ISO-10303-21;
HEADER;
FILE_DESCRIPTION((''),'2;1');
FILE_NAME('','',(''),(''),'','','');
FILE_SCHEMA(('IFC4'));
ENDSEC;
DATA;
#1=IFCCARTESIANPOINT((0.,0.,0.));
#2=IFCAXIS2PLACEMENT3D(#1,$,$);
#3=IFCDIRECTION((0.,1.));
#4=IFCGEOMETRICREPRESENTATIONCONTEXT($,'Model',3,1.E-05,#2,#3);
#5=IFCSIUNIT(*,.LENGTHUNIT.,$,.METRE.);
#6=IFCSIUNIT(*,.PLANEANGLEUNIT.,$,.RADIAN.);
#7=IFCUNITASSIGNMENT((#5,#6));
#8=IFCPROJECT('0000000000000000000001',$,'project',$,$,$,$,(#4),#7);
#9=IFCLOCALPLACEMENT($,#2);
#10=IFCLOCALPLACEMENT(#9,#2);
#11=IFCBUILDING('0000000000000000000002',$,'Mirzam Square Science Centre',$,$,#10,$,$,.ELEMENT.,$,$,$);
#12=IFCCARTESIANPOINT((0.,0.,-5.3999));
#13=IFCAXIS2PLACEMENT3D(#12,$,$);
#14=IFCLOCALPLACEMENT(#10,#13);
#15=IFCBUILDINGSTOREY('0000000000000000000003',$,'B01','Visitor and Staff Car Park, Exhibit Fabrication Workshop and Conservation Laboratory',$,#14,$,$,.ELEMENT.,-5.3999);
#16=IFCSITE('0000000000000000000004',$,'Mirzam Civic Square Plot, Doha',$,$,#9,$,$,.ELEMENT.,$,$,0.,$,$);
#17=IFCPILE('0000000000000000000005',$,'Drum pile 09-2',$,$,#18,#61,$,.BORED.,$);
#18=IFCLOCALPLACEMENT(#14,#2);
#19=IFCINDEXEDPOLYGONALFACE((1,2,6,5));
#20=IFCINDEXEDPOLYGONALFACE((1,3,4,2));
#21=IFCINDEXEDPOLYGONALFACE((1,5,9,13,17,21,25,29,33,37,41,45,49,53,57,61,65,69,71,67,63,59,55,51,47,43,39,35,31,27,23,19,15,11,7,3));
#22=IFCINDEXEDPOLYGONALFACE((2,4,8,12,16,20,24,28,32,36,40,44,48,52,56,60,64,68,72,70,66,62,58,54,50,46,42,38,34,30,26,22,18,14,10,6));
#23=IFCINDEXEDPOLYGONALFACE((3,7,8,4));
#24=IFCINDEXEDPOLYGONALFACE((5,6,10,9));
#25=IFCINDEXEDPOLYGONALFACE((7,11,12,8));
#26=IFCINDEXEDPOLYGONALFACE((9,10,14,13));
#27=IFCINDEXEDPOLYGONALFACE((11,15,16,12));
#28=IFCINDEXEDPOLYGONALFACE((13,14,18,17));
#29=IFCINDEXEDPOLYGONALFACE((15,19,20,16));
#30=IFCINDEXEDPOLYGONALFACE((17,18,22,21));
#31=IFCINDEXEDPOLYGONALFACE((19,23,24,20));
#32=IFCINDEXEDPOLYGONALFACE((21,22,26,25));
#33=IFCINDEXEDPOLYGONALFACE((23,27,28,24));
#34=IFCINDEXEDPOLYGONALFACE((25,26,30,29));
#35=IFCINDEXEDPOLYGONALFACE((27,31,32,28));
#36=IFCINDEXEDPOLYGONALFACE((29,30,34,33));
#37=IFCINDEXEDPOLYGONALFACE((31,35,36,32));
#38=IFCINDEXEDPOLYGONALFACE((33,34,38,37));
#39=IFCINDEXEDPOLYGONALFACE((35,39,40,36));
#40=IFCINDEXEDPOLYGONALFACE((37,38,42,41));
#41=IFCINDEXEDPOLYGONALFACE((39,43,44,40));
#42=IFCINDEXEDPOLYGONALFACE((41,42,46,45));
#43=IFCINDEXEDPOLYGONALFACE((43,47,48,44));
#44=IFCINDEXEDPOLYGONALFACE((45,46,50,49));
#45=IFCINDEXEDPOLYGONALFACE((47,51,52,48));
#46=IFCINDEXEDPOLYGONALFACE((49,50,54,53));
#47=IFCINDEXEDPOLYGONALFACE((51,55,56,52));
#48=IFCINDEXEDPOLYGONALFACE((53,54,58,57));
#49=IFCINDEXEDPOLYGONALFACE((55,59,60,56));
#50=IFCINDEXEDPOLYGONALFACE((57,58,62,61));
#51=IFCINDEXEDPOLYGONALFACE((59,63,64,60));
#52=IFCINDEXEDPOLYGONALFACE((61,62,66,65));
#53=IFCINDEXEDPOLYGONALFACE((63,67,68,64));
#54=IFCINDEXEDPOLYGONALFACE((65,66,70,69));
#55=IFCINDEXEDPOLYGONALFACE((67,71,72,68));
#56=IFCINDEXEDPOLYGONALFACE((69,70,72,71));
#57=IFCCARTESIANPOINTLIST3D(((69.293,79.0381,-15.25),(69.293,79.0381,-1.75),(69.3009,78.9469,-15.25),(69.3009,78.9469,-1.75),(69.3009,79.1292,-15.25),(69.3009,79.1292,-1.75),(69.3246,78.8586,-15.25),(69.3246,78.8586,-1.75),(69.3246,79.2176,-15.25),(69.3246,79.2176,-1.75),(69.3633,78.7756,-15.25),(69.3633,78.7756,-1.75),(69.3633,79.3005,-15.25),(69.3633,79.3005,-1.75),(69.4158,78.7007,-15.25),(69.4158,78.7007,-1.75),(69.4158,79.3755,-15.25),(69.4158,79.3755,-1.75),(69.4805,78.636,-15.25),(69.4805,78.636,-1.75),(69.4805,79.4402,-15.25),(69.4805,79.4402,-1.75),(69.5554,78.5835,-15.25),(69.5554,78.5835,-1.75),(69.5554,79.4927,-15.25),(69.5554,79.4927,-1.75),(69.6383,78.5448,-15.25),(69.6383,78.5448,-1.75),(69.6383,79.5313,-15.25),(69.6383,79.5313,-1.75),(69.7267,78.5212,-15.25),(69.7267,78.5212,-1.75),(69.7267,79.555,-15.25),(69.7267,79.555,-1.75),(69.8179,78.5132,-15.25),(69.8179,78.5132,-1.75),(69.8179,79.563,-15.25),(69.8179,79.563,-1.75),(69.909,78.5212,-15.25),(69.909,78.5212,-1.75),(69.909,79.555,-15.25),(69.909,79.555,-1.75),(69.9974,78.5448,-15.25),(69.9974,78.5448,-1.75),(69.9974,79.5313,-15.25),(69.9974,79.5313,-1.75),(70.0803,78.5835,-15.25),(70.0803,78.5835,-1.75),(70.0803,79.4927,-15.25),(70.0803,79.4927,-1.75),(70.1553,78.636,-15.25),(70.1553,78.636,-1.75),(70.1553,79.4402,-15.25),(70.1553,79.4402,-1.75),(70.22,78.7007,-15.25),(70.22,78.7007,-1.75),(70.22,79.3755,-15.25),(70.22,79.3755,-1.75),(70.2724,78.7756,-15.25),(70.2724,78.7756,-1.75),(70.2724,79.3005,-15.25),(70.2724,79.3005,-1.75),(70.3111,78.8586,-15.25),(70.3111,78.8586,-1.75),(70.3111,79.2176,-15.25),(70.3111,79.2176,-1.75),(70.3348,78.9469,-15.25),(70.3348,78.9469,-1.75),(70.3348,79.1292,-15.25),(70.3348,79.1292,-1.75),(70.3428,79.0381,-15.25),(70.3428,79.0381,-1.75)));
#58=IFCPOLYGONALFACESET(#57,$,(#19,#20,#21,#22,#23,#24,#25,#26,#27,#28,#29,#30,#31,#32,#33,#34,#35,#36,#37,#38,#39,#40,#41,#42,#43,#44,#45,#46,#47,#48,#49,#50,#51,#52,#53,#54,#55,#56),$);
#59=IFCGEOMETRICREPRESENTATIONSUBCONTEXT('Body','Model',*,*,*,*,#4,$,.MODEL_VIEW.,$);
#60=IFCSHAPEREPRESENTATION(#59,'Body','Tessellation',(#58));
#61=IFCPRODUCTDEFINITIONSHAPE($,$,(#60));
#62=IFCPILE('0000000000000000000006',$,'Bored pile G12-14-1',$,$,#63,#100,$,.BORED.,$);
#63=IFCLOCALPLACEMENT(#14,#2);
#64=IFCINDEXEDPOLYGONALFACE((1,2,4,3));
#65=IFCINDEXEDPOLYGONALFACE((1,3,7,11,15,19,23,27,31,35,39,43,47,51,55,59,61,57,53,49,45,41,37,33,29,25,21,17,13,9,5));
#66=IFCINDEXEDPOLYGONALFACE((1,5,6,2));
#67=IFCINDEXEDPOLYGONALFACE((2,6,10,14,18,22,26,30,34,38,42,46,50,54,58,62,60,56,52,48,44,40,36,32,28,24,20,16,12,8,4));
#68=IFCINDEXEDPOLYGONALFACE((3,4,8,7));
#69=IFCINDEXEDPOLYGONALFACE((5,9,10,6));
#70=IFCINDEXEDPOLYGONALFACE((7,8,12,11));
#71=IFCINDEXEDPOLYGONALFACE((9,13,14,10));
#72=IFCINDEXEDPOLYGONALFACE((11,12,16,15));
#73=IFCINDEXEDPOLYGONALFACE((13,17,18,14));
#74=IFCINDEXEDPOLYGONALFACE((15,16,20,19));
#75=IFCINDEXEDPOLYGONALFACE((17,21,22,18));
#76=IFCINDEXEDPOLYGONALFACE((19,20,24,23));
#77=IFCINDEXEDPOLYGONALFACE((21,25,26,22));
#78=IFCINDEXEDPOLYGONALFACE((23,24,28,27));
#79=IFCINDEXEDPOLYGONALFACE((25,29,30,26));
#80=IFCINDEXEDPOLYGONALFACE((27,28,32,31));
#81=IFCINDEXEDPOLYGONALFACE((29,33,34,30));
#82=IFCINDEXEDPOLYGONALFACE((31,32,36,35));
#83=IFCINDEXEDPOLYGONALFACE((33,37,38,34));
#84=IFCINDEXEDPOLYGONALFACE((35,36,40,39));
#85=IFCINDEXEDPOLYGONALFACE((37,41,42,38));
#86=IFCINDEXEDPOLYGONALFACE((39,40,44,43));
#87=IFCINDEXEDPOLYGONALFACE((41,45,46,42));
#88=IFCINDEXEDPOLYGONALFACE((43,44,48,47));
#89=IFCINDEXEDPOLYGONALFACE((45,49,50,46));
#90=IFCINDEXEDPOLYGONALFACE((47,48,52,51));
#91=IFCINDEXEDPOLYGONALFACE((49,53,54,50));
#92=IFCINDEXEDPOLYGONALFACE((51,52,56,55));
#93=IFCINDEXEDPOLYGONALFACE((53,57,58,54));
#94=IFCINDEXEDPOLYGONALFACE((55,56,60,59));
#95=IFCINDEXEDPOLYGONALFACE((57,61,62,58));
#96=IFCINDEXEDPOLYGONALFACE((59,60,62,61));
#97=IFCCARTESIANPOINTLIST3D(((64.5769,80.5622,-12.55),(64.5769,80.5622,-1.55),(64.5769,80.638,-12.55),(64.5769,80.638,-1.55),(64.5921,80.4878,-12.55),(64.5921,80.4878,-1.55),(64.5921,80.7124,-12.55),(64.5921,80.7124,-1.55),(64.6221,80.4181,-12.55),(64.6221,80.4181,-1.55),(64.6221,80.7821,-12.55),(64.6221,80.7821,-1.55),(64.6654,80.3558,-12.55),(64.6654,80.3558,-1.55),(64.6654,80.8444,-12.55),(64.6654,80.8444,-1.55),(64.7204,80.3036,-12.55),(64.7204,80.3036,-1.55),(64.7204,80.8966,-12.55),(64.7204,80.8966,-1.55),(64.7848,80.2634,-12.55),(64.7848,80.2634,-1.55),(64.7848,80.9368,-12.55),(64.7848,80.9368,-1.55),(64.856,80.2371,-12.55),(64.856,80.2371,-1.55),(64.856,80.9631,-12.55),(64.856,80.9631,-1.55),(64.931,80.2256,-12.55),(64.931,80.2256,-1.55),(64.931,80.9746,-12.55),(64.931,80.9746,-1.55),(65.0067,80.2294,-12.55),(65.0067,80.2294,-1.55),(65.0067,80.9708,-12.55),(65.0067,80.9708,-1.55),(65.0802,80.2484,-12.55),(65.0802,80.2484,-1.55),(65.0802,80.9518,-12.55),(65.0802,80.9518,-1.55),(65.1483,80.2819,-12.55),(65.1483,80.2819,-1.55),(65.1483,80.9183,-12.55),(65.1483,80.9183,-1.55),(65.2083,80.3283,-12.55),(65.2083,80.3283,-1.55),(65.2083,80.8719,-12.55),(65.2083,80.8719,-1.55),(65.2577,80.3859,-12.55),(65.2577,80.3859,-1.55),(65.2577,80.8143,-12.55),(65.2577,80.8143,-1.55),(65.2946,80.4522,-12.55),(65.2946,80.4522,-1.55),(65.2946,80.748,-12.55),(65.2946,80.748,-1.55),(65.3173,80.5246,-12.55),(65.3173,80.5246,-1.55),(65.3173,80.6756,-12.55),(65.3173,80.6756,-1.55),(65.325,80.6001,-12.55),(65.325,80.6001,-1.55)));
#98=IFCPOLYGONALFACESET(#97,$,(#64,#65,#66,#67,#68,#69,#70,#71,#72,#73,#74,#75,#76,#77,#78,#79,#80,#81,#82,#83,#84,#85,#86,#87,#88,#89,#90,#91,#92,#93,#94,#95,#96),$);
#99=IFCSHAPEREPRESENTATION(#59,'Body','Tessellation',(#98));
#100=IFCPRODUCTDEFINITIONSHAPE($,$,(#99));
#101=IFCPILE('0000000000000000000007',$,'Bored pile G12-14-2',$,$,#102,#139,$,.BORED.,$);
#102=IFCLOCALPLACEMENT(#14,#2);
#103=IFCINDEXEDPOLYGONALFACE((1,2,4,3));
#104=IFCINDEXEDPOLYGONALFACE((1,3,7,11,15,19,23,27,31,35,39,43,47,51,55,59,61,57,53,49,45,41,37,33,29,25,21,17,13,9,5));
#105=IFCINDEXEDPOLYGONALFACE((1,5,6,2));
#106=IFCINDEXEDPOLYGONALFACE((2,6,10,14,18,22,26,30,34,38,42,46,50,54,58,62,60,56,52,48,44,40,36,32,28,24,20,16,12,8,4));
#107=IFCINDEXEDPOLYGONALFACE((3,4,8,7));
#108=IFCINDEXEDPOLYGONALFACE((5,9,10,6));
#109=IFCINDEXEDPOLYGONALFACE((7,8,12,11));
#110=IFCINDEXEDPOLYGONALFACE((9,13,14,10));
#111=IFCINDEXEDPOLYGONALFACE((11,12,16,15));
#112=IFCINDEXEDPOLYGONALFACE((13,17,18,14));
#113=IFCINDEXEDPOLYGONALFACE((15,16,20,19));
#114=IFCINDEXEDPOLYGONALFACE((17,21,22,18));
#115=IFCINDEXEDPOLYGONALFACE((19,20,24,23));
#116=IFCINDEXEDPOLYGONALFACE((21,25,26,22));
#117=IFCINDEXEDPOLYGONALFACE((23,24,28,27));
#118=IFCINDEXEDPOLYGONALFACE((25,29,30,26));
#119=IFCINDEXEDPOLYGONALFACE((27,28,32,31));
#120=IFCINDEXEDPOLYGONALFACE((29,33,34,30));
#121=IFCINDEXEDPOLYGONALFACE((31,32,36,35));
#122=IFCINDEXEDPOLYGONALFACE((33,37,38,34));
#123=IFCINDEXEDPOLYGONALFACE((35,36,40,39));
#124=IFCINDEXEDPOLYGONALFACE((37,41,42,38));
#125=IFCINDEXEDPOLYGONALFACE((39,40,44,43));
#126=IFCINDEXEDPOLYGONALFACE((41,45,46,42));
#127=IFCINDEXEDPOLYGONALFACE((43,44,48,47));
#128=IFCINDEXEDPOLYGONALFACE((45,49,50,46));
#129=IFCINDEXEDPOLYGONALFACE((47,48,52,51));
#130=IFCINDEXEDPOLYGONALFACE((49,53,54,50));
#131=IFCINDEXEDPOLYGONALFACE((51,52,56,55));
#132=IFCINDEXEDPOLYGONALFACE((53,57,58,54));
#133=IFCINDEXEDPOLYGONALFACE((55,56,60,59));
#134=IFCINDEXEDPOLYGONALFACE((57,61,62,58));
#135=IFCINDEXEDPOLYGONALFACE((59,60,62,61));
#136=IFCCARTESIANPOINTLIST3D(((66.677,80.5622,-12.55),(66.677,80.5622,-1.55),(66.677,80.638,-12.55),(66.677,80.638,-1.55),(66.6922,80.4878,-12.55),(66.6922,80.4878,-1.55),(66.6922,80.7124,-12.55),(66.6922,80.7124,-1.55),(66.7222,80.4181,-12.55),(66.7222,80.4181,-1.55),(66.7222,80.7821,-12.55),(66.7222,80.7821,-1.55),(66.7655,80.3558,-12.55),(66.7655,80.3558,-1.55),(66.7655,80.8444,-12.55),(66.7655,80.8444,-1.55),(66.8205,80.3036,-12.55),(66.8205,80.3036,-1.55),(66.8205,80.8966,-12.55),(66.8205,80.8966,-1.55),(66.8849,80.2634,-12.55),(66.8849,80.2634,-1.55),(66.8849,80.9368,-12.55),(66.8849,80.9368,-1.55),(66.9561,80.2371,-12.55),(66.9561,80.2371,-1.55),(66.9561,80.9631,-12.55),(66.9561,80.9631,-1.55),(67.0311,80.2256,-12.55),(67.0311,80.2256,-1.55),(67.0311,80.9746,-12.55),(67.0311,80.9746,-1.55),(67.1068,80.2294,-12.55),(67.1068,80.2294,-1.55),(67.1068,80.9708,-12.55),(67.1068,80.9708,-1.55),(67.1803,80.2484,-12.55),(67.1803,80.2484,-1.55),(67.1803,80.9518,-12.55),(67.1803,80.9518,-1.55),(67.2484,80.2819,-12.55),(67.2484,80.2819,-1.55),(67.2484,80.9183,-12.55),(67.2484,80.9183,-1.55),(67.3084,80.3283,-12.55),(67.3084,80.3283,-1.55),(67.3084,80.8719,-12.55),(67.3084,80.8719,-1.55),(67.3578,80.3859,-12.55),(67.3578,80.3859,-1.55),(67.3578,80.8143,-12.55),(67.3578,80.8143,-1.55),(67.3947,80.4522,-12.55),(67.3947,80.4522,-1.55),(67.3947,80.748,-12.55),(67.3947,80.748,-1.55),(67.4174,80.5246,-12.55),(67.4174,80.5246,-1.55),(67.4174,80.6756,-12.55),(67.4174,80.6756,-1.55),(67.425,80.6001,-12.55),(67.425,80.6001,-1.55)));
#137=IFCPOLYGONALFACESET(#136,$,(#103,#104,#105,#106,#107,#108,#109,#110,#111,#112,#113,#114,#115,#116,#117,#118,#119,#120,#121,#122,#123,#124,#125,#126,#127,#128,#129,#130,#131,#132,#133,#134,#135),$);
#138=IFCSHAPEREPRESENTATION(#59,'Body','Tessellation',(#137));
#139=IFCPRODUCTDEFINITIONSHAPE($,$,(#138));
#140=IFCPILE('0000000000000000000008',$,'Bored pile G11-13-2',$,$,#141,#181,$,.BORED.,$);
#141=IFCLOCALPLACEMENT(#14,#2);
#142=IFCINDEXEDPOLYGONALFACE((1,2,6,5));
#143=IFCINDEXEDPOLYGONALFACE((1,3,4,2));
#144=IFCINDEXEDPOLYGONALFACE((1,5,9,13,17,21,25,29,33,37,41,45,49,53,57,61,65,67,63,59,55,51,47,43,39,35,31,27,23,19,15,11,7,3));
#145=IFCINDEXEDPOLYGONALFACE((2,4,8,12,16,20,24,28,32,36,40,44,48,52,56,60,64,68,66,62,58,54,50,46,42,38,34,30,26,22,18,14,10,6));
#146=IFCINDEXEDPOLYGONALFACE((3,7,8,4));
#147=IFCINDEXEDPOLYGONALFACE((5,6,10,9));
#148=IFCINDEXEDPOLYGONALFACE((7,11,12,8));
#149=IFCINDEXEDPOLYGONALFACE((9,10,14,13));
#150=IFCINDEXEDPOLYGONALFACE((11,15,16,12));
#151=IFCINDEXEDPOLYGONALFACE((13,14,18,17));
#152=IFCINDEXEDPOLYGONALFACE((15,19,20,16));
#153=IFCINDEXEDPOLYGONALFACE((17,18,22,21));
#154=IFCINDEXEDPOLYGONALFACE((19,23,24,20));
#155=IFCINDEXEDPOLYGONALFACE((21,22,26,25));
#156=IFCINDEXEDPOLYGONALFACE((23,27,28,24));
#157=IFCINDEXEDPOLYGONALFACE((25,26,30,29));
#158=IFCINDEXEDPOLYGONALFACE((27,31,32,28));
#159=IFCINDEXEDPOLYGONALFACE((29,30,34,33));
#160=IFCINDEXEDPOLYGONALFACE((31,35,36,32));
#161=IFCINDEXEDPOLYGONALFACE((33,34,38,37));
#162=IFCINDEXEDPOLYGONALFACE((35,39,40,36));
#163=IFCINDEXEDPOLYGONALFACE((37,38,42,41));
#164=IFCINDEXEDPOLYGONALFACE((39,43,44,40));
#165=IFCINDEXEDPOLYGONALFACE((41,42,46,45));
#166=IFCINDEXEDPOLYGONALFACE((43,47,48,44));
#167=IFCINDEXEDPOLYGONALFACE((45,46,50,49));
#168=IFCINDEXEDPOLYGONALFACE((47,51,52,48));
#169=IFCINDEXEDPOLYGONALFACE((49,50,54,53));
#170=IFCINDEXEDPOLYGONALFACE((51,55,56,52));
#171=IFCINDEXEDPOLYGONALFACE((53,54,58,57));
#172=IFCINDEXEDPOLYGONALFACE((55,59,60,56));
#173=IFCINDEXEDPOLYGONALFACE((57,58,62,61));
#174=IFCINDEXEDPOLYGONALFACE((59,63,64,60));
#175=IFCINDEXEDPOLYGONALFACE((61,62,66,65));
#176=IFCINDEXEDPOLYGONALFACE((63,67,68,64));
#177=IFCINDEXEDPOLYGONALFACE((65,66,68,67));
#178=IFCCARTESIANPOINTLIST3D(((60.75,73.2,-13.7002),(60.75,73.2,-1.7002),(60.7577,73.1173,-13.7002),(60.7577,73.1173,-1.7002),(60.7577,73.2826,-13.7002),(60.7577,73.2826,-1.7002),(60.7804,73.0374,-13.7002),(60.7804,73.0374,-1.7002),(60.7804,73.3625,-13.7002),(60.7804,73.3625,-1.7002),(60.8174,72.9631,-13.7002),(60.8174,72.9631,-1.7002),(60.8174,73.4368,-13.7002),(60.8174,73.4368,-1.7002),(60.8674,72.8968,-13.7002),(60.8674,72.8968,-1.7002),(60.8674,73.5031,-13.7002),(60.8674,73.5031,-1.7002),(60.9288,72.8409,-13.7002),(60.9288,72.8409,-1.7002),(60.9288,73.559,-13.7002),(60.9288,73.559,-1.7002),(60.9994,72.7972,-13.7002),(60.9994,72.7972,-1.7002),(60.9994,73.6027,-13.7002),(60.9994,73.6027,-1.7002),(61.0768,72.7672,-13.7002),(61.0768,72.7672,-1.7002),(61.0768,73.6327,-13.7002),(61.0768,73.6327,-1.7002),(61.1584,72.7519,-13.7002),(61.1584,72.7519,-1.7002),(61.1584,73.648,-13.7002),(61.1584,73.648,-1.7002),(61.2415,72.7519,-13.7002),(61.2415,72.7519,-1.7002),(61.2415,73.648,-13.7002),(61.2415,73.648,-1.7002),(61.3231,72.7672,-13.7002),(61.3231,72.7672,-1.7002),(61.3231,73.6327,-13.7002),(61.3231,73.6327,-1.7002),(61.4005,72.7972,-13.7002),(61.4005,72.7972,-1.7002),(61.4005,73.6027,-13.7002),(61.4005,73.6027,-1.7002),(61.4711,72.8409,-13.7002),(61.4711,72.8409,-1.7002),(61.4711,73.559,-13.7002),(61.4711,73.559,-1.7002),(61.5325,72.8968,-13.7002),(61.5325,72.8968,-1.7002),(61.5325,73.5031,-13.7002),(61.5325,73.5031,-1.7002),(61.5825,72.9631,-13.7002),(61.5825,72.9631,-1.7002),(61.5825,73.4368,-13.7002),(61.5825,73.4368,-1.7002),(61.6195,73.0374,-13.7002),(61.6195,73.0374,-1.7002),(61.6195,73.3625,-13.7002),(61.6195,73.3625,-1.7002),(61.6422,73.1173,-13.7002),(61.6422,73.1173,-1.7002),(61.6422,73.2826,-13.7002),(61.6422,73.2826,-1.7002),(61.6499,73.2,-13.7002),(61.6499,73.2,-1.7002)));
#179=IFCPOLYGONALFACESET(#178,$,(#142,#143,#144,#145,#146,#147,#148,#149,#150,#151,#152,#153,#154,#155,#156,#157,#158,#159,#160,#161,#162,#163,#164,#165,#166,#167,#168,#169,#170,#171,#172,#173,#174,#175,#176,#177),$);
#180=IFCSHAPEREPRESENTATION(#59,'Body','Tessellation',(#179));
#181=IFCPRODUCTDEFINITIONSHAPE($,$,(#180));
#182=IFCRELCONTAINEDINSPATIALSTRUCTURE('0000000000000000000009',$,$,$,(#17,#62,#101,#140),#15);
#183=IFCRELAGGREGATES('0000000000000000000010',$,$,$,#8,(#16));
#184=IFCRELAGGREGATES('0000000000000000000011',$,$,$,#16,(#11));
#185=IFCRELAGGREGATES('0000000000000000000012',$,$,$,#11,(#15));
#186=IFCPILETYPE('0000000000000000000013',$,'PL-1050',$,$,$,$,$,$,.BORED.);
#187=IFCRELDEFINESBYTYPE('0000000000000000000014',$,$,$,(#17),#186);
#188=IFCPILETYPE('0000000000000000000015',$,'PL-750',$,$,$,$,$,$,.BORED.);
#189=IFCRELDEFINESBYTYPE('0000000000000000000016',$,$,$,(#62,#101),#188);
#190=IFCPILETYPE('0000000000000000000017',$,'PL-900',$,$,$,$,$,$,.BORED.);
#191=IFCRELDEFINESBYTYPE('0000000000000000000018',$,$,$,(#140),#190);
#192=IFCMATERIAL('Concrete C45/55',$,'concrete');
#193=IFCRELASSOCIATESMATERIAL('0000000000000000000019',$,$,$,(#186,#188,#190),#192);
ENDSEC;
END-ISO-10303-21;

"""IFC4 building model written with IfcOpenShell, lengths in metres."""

from ifc_helpers import new_model, si_unit, direction, frame, origin, origin_2d, place, context, subcontext, project, spatial, circle, extrude, material, material_profile, profile_set, type_object, element, save


model = new_model("IFC4")

# Units and contexts
model_context = context("Model", 3, precision=1e-05, world=origin(), true_north=direction((0.0, 1.0)))
body_context = subcontext(model_context, "Body", "Model", "MODEL_VIEW")
ifc_project = project(units=[si_unit("LENGTHUNIT", "METRE"), si_unit("PLANEANGLEUNIT", "RADIAN")], contexts=[model_context])

# Site, building, storey
site_placement = place(None, origin())
site = spatial("IfcSite", under=ifc_project, at=site_placement, Name="Mirzam Civic Square Plot, Doha", CompositionType="ELEMENT", RefElevation=0.0)
building_placement = place(site_placement, origin())
building = spatial("IfcBuilding", under=site, at=building_placement, Name="Mirzam Square Science Centre", CompositionType="ELEMENT")
storey_placement = place(building_placement, frame((0.0, 0.0, -5.3999)))
storey = spatial("IfcBuildingStorey", under=building, at=storey_placement, Name="B01", Description="Visitor and Staff Car Park, Exhibit Fabrication Workshop and Conservation Laboratory", CompositionType="ELEMENT", Elevation=-5.3999)

# Shared definitions
ifc_material_1 = material(Name="Concrete C45/55", Category="concrete")

# Piles
ifc_material_profile_1 = material_profile(ifc_material_1, circle(Radius=0.5249, at=origin_2d()), Name="PILE-D1050")
ifc_profile_set_1 = profile_set([ifc_material_profile_1], Name="Concrete C45/55")
pile_type_1 = type_object("IfcPileType", Name="PL-1050", PredefinedType="BORED", material=ifc_profile_set_1)
for number, where, z_axis, x_axis, name in (
    (1, (69.8179, 79.0381, -1.75), (0.0, 0.0, -1.0), (1.0, 0.0, 0.0), "Drum pile 09-2"),
):
    element("IfcPile", number, at=place(storey_placement, frame(where, z_axis=z_axis, x_axis=x_axis)), inside=storey, type_object=pile_type_1, Name=name, PredefinedType="BORED", context=body_context, shape_type="SweptSolid", body=[
        extrude(circle(Radius=0.5249, at=origin_2d()), origin(), (0.0, 0.0, 1.0), 13.5),
    ])
ifc_material_profile_2 = material_profile(ifc_material_1, circle(Radius=0.375, at=origin_2d()), Name="PILE-D750")
ifc_profile_set_2 = profile_set([ifc_material_profile_2], Name="Concrete C45/55")
pile_type_2 = type_object("IfcPileType", Name="PL-750", PredefinedType="BORED", material=ifc_profile_set_2)
for number, where, z_axis, x_axis, name in (
    (2, (64.95, 80.6001, -1.55), (0.0, 0.0, -1.0), (1.0, 0.0, 0.0), "Bored pile G12-14-1"),
    (3, (67.05, 80.6001, -1.55), (0.0, 0.0, -1.0), (1.0, 0.0, 0.0), "Bored pile G12-14-2"),
):
    element("IfcPile", number, at=place(storey_placement, frame(where, z_axis=z_axis, x_axis=x_axis)), inside=storey, type_object=pile_type_2, Name=name, PredefinedType="BORED", context=body_context, shape_type="SweptSolid", body=[
        extrude(circle(Radius=0.375, at=origin_2d()), origin(), (0.0, 0.0, 1.0), 11.0),
    ])
ifc_material_profile_3 = material_profile(ifc_material_1, circle(Radius=0.45, at=origin_2d()), Name="PILE-D900")
ifc_profile_set_3 = profile_set([ifc_material_profile_3], Name="Concrete C45/55")
pile_type_3 = type_object("IfcPileType", Name="PL-900", PredefinedType="BORED", material=ifc_profile_set_3)
for number, where, z_axis, x_axis, name in (
    (4, (61.2, 73.2, -1.7002), (0.0, 0.0, -1.0), (1.0, 0.0, 0.0), "Bored pile G11-13-2"),
):
    element("IfcPile", number, at=place(storey_placement, frame(where, z_axis=z_axis, x_axis=x_axis)), inside=storey, type_object=pile_type_3, Name=name, PredefinedType="BORED", context=body_context, shape_type="SweptSolid", body=[
        extrude(circle(Radius=0.45, at=origin_2d()), origin(), (0.0, 0.0, 1.0), 12.0),
    ])

save(model, "model.ifc")
